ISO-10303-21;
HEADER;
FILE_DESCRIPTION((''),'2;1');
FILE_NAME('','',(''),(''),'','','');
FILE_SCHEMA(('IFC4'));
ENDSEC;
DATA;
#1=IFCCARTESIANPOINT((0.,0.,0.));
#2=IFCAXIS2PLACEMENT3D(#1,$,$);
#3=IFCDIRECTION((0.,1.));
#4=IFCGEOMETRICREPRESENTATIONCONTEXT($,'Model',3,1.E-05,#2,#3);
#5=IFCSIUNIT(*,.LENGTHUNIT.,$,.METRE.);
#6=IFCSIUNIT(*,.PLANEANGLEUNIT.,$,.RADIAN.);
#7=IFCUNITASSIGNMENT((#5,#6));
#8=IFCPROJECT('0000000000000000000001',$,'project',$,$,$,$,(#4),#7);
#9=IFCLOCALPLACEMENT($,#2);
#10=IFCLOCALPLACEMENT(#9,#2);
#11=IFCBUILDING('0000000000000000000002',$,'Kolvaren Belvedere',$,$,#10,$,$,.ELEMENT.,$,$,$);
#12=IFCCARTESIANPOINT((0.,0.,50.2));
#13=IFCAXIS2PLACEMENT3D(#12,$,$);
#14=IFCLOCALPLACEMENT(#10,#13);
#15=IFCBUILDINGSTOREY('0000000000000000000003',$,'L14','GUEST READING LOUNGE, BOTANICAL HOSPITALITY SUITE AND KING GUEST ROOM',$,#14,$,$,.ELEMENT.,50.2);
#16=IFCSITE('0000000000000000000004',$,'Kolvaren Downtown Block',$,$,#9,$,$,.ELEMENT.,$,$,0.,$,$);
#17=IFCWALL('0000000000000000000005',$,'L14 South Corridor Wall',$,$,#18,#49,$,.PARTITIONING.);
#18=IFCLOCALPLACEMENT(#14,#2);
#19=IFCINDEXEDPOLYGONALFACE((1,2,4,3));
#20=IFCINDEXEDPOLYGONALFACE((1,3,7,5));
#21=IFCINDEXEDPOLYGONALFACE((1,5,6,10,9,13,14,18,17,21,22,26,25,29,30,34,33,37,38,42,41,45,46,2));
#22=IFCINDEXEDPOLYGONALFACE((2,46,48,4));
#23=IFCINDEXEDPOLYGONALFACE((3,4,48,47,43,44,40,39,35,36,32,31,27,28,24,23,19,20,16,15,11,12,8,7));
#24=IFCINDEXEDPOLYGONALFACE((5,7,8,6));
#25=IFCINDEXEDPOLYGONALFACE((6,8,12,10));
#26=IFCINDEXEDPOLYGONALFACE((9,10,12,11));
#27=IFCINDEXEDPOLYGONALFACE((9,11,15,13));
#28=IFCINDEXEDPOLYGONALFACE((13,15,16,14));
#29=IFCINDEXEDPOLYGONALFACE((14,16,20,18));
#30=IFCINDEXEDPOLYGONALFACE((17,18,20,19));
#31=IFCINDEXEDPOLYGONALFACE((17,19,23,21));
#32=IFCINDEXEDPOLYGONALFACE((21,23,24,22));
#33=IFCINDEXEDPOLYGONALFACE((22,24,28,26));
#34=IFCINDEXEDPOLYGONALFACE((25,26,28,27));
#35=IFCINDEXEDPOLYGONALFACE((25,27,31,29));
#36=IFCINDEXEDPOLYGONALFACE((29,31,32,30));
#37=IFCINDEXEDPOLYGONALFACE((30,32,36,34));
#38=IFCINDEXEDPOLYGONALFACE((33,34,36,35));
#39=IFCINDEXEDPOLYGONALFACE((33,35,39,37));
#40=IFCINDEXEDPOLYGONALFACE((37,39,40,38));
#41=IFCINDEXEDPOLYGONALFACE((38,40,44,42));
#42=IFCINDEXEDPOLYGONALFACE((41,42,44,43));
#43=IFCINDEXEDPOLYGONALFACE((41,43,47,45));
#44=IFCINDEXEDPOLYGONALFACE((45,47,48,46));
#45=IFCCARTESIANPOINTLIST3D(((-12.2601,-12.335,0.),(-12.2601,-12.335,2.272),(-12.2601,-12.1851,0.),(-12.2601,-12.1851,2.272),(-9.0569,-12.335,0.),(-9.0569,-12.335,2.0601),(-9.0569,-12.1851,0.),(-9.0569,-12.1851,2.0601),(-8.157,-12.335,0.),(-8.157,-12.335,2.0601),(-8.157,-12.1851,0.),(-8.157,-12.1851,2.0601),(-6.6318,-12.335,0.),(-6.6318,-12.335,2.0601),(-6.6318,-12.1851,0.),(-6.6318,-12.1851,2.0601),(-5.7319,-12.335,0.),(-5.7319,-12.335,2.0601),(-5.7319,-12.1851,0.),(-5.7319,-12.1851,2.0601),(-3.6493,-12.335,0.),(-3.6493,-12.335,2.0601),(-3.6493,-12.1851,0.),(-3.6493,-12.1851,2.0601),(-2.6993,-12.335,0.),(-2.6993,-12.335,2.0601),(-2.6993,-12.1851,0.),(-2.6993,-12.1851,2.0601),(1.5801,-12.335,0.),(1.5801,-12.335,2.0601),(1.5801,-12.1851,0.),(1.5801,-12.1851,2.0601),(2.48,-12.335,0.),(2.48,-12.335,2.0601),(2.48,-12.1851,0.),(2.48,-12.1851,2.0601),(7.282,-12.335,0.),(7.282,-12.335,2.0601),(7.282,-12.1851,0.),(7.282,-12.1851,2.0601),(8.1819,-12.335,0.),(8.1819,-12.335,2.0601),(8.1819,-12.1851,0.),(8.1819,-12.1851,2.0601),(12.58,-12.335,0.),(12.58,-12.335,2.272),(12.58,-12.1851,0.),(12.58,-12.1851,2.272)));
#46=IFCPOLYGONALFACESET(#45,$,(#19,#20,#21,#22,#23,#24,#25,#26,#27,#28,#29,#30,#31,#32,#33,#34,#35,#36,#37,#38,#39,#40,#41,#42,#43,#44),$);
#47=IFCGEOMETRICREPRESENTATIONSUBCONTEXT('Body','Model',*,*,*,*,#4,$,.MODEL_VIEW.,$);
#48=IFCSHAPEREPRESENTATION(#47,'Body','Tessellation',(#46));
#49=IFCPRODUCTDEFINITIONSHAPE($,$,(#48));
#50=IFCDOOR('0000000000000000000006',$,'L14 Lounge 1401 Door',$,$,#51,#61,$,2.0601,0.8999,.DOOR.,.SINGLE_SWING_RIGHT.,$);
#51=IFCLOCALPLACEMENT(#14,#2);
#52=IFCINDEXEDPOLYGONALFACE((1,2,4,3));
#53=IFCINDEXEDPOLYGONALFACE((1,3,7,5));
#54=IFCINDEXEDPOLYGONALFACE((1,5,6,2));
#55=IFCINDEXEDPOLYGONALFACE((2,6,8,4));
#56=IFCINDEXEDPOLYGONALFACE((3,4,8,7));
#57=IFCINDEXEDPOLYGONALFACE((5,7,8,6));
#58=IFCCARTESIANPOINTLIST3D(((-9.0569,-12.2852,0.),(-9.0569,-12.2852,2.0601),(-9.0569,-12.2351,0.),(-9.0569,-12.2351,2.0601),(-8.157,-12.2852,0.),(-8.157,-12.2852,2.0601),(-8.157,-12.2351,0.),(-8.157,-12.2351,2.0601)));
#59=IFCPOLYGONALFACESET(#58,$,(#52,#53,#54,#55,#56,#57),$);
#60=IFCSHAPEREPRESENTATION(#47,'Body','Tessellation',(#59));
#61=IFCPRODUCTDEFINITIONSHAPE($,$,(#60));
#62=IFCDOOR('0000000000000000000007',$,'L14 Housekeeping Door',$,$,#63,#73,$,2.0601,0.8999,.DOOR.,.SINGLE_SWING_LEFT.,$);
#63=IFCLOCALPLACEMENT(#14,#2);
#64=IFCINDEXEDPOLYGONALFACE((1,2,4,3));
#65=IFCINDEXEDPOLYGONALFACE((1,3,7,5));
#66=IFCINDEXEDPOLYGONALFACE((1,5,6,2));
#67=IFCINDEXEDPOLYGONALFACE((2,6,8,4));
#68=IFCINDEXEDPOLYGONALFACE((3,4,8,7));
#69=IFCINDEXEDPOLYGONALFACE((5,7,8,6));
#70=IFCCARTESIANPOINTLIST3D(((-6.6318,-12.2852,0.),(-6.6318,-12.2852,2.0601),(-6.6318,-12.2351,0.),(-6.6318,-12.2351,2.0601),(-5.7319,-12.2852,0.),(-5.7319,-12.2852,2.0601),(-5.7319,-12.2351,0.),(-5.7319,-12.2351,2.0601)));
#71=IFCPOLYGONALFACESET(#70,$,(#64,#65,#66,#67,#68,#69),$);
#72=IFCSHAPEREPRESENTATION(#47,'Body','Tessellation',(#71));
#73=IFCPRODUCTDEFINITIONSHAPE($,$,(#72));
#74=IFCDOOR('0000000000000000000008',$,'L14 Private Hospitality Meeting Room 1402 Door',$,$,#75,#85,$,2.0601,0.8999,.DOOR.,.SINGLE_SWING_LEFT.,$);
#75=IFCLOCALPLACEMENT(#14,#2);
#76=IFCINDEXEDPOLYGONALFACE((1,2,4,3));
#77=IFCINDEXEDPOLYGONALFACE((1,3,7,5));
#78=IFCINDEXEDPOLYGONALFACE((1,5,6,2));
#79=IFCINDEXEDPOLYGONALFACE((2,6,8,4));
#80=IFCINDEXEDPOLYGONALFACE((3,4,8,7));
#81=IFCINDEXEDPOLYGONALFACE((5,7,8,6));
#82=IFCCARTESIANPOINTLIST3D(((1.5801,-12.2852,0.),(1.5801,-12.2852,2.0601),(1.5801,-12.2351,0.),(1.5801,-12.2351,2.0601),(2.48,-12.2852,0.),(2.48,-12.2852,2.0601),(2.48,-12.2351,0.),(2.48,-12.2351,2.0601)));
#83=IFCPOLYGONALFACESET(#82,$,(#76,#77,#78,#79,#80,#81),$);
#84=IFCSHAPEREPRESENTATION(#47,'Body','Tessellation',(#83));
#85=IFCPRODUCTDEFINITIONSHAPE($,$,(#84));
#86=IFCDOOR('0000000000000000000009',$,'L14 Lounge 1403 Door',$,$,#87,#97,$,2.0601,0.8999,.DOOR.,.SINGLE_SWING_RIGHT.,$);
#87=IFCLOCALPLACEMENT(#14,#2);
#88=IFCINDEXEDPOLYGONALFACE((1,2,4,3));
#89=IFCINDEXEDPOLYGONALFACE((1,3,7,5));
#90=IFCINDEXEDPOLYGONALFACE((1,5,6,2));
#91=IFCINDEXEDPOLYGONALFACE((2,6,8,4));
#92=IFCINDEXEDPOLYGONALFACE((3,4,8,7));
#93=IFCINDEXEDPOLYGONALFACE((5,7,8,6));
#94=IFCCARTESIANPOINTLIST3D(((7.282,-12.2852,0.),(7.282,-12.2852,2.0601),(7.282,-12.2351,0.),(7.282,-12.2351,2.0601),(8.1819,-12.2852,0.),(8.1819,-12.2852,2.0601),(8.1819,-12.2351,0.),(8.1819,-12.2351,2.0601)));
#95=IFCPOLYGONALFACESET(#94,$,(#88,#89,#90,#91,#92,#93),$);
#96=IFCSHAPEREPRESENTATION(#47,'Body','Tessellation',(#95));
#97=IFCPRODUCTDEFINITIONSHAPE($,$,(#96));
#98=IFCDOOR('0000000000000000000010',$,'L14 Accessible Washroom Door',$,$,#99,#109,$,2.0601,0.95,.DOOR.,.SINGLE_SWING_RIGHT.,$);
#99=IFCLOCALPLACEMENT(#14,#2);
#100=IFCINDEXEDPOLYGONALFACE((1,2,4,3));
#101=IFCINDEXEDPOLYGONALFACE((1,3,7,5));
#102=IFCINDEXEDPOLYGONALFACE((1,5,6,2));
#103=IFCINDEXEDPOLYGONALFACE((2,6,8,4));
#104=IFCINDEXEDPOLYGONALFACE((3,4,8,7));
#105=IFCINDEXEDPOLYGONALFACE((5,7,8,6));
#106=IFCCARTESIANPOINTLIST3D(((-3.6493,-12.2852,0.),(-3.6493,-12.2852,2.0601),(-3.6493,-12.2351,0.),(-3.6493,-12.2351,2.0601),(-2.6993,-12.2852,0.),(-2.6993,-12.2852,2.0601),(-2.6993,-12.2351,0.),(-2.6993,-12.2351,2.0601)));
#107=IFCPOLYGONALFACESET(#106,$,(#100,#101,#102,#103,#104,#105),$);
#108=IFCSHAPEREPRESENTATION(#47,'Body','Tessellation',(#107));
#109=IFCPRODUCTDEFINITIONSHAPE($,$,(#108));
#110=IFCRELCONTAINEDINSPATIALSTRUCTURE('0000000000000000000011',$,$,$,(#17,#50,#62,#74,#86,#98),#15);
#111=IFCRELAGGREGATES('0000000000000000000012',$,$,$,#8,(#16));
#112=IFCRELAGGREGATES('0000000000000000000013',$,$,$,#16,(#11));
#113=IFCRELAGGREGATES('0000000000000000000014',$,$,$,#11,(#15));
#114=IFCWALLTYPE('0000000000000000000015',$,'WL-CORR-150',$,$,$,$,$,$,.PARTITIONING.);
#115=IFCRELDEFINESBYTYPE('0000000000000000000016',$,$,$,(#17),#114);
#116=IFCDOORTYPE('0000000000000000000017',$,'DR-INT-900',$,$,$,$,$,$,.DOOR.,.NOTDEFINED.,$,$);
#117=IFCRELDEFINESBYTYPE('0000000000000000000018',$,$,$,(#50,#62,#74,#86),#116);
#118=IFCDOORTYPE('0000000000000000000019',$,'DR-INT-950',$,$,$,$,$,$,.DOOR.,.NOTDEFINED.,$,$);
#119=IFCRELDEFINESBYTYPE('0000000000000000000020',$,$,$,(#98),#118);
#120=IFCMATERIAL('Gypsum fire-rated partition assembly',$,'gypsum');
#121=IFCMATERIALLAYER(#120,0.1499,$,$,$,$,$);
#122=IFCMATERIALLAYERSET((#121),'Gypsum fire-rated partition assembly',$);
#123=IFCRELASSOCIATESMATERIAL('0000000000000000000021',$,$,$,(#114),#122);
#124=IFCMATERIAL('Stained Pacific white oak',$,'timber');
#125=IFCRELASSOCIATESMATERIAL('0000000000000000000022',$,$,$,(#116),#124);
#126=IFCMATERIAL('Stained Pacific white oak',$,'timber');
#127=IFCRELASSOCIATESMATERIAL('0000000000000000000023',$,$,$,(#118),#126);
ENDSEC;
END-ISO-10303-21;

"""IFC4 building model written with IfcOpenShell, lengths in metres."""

from ifc_helpers import new_model, si_unit, direction, frame, frame_2d, origin, place, context, subcontext, project, spatial, rectangle, extrude, material, layer, layer_set, type_object, element, fill, save


model = new_model("IFC4")

# Units and contexts
model_context = context("Model", 3, precision=1e-05, world=origin(), true_north=direction((0.0, 1.0)))
body_context = subcontext(model_context, "Body", "Model", "MODEL_VIEW")
ifc_project = project(units=[si_unit("LENGTHUNIT", "METRE"), si_unit("PLANEANGLEUNIT", "RADIAN")], contexts=[model_context])

# Site, building, storey
site_placement = place(None, origin())
site = spatial("IfcSite", under=ifc_project, at=site_placement, Name="Kolvaren Downtown Block", CompositionType="ELEMENT", RefElevation=0.0)
building_placement = place(site_placement, origin())
building = spatial("IfcBuilding", under=site, at=building_placement, Name="Kolvaren Belvedere", CompositionType="ELEMENT")
storey_placement = place(building_placement, frame((0.0, 0.0, 50.2)))
storey = spatial("IfcBuildingStorey", under=building, at=storey_placement, Name="L14", Description="GUEST READING LOUNGE, BOTANICAL HOSPITALITY SUITE AND KING GUEST ROOM", CompositionType="ELEMENT", Elevation=50.2)

# Wall, openings, doors
ifc_material_1 = material(Name="Gypsum fire-rated partition assembly", Category="gypsum")
ifc_layer_1 = layer(ifc_material_1, 0.1499)
ifc_layer_set_1 = layer_set([ifc_layer_1], Name="Gypsum fire-rated partition assembly")
wall_type_1 = type_object("IfcWallType", Name="WL-CORR-150", PredefinedType="PARTITIONING", material=ifc_layer_set_1)
wall_1_placement = place(storey_placement, frame((-12.26, -12.26, 0.0), z_axis=(0.0, 0.0, 1.0), x_axis=(1.0, 0.0, 0.0)))
wall_1 = element("IfcWall", 1, at=wall_1_placement, inside=storey, type_object=wall_type_1, Name="L14 South Corridor Wall", PredefinedType="PARTITIONING", context=body_context, shape_type="SweptSolid", body=[
    extrude(rectangle(XDim=24.8401, YDim=0.1499, at=frame_2d((12.4199, 0.0))), origin(), (0.0, 0.0, 1.0), 2.272),
])
opening_1_placement = place(wall_1_placement, frame((3.2031, 0.0, 0.0)))
opening_1 = element("IfcOpeningElement", 2, at=opening_1_placement, cuts=wall_1, PredefinedType="OPENING", context=body_context, shape_type="SweptSolid", body=[
    extrude(rectangle(XDim=0.8999, YDim=2.0601, at=frame_2d((0.45, 1.03))), frame((0.0, 0.085, 0.0), z_axis=(0.0, -1.0, 0.0), x_axis=(1.0, 0.0, 0.0)), (0.0, 0.0, 1.0), 0.1699),
])
opening_2_placement = place(wall_1_placement, frame((5.6282, 0.0, 0.0)))
opening_2 = element("IfcOpeningElement", 3, at=opening_2_placement, cuts=wall_1, PredefinedType="OPENING", context=body_context, shape_type="SweptSolid", body=[
    extrude(rectangle(XDim=0.8999, YDim=2.0601, at=frame_2d((0.45, 1.03))), frame((0.0, 0.085, 0.0), z_axis=(0.0, -1.0, 0.0), x_axis=(1.0, 0.0, 0.0)), (0.0, 0.0, 1.0), 0.1699),
])
opening_3_placement = place(wall_1_placement, frame((8.6106, 0.0, 0.0)))
opening_3 = element("IfcOpeningElement", 4, at=opening_3_placement, cuts=wall_1, PredefinedType="OPENING", context=body_context, shape_type="SweptSolid", body=[
    extrude(rectangle(XDim=0.95, YDim=2.0601, at=frame_2d((0.4751, 1.03))), frame((0.0, 0.085, 0.0), z_axis=(0.0, -1.0, 0.0), x_axis=(1.0, 0.0, 0.0)), (0.0, 0.0, 1.0), 0.1699),
])
opening_4_placement = place(wall_1_placement, frame((13.8401, 0.0, 0.0)))
opening_4 = element("IfcOpeningElement", 5, at=opening_4_placement, cuts=wall_1, PredefinedType="OPENING", context=body_context, shape_type="SweptSolid", body=[
    extrude(rectangle(XDim=0.8999, YDim=2.0601, at=frame_2d((0.45, 1.03))), frame((0.0, 0.085, 0.0), z_axis=(0.0, -1.0, 0.0), x_axis=(1.0, 0.0, 0.0)), (0.0, 0.0, 1.0), 0.1699),
])
opening_5_placement = place(wall_1_placement, frame((19.542, 0.0, 0.0)))
opening_5 = element("IfcOpeningElement", 6, at=opening_5_placement, cuts=wall_1, PredefinedType="OPENING", context=body_context, shape_type="SweptSolid", body=[
    extrude(rectangle(XDim=0.8999, YDim=2.0601, at=frame_2d((0.45, 1.03))), frame((0.0, 0.085, 0.0), z_axis=(0.0, -1.0, 0.0), x_axis=(1.0, 0.0, 0.0)), (0.0, 0.0, 1.0), 0.1699),
])
ifc_material_2 = material(Name="Stained Pacific white oak", Category="timber")
door_type_1 = type_object("IfcDoorType", Name="DR-INT-900", OperationType="NOTDEFINED", PredefinedType="DOOR", material=ifc_material_2)
door_1_placement = place(opening_1_placement, origin())
door_1 = element("IfcDoor", 7, at=door_1_placement, inside=storey, type_object=door_type_1, Name="L14 Lounge 1401 Door", OperationType="SINGLE_SWING_RIGHT", OverallHeight=2.0601, OverallWidth=0.8999, PredefinedType="DOOR", context=body_context, shape_type="SweptSolid", body=[
    extrude(rectangle(XDim=0.8999, YDim=2.0601, at=frame_2d((0.45, 1.03))), frame((0.0, 0.0249, 0.0), z_axis=(0.0, -1.0, 0.0), x_axis=(1.0, 0.0, 0.0)), (0.0, 0.0, 1.0), 0.05),
])
fill(opening_1, door_1)
door_2_placement = place(opening_2_placement, origin())
door_2 = element("IfcDoor", 8, at=door_2_placement, inside=storey, type_object=door_type_1, Name="L14 Housekeeping Door", OperationType="SINGLE_SWING_LEFT", OverallHeight=2.0601, OverallWidth=0.8999, PredefinedType="DOOR", context=body_context, shape_type="SweptSolid", body=[
    extrude(rectangle(XDim=0.8999, YDim=2.0601, at=frame_2d((0.45, 1.03))), frame((0.0, 0.0249, 0.0), z_axis=(0.0, -1.0, 0.0), x_axis=(1.0, 0.0, 0.0)), (0.0, 0.0, 1.0), 0.05),
])
fill(opening_2, door_2)
door_3_placement = place(opening_4_placement, origin())
door_3 = element("IfcDoor", 9, at=door_3_placement, inside=storey, type_object=door_type_1, Name="L14 Private Hospitality Meeting Room 1402 Door", OperationType="SINGLE_SWING_LEFT", OverallHeight=2.0601, OverallWidth=0.8999, PredefinedType="DOOR", context=body_context, shape_type="SweptSolid", body=[
    extrude(rectangle(XDim=0.8999, YDim=2.0601, at=frame_2d((0.45, 1.03))), frame((0.0, 0.0249, 0.0), z_axis=(0.0, -1.0, 0.0), x_axis=(1.0, 0.0, 0.0)), (0.0, 0.0, 1.0), 0.05),
])
fill(opening_4, door_3)
door_4_placement = place(opening_5_placement, origin())
door_4 = element("IfcDoor", 10, at=door_4_placement, inside=storey, type_object=door_type_1, Name="L14 Lounge 1403 Door", OperationType="SINGLE_SWING_RIGHT", OverallHeight=2.0601, OverallWidth=0.8999, PredefinedType="DOOR", context=body_context, shape_type="SweptSolid", body=[
    extrude(rectangle(XDim=0.8999, YDim=2.0601, at=frame_2d((0.45, 1.03))), frame((0.0, 0.0249, 0.0), z_axis=(0.0, -1.0, 0.0), x_axis=(1.0, 0.0, 0.0)), (0.0, 0.0, 1.0), 0.05),
])
fill(opening_5, door_4)
ifc_material_3 = material(Name="Stained Pacific white oak", Category="timber")
door_type_2 = type_object("IfcDoorType", Name="DR-INT-950", OperationType="NOTDEFINED", PredefinedType="DOOR", material=ifc_material_3)
door_5_placement = place(opening_3_placement, origin())
door_5 = element("IfcDoor", 11, at=door_5_placement, inside=storey, type_object=door_type_2, Name="L14 Accessible Washroom Door", OperationType="SINGLE_SWING_RIGHT", OverallHeight=2.0601, OverallWidth=0.95, PredefinedType="DOOR", context=body_context, shape_type="SweptSolid", body=[
    extrude(rectangle(XDim=0.95, YDim=2.0601, at=frame_2d((0.4751, 1.03))), frame((0.0, 0.0249, 0.0), z_axis=(0.0, -1.0, 0.0), x_axis=(1.0, 0.0, 0.0)), (0.0, 0.0, 1.0), 0.05),
])
fill(opening_3, door_5)

save(model, "model.ifc")
